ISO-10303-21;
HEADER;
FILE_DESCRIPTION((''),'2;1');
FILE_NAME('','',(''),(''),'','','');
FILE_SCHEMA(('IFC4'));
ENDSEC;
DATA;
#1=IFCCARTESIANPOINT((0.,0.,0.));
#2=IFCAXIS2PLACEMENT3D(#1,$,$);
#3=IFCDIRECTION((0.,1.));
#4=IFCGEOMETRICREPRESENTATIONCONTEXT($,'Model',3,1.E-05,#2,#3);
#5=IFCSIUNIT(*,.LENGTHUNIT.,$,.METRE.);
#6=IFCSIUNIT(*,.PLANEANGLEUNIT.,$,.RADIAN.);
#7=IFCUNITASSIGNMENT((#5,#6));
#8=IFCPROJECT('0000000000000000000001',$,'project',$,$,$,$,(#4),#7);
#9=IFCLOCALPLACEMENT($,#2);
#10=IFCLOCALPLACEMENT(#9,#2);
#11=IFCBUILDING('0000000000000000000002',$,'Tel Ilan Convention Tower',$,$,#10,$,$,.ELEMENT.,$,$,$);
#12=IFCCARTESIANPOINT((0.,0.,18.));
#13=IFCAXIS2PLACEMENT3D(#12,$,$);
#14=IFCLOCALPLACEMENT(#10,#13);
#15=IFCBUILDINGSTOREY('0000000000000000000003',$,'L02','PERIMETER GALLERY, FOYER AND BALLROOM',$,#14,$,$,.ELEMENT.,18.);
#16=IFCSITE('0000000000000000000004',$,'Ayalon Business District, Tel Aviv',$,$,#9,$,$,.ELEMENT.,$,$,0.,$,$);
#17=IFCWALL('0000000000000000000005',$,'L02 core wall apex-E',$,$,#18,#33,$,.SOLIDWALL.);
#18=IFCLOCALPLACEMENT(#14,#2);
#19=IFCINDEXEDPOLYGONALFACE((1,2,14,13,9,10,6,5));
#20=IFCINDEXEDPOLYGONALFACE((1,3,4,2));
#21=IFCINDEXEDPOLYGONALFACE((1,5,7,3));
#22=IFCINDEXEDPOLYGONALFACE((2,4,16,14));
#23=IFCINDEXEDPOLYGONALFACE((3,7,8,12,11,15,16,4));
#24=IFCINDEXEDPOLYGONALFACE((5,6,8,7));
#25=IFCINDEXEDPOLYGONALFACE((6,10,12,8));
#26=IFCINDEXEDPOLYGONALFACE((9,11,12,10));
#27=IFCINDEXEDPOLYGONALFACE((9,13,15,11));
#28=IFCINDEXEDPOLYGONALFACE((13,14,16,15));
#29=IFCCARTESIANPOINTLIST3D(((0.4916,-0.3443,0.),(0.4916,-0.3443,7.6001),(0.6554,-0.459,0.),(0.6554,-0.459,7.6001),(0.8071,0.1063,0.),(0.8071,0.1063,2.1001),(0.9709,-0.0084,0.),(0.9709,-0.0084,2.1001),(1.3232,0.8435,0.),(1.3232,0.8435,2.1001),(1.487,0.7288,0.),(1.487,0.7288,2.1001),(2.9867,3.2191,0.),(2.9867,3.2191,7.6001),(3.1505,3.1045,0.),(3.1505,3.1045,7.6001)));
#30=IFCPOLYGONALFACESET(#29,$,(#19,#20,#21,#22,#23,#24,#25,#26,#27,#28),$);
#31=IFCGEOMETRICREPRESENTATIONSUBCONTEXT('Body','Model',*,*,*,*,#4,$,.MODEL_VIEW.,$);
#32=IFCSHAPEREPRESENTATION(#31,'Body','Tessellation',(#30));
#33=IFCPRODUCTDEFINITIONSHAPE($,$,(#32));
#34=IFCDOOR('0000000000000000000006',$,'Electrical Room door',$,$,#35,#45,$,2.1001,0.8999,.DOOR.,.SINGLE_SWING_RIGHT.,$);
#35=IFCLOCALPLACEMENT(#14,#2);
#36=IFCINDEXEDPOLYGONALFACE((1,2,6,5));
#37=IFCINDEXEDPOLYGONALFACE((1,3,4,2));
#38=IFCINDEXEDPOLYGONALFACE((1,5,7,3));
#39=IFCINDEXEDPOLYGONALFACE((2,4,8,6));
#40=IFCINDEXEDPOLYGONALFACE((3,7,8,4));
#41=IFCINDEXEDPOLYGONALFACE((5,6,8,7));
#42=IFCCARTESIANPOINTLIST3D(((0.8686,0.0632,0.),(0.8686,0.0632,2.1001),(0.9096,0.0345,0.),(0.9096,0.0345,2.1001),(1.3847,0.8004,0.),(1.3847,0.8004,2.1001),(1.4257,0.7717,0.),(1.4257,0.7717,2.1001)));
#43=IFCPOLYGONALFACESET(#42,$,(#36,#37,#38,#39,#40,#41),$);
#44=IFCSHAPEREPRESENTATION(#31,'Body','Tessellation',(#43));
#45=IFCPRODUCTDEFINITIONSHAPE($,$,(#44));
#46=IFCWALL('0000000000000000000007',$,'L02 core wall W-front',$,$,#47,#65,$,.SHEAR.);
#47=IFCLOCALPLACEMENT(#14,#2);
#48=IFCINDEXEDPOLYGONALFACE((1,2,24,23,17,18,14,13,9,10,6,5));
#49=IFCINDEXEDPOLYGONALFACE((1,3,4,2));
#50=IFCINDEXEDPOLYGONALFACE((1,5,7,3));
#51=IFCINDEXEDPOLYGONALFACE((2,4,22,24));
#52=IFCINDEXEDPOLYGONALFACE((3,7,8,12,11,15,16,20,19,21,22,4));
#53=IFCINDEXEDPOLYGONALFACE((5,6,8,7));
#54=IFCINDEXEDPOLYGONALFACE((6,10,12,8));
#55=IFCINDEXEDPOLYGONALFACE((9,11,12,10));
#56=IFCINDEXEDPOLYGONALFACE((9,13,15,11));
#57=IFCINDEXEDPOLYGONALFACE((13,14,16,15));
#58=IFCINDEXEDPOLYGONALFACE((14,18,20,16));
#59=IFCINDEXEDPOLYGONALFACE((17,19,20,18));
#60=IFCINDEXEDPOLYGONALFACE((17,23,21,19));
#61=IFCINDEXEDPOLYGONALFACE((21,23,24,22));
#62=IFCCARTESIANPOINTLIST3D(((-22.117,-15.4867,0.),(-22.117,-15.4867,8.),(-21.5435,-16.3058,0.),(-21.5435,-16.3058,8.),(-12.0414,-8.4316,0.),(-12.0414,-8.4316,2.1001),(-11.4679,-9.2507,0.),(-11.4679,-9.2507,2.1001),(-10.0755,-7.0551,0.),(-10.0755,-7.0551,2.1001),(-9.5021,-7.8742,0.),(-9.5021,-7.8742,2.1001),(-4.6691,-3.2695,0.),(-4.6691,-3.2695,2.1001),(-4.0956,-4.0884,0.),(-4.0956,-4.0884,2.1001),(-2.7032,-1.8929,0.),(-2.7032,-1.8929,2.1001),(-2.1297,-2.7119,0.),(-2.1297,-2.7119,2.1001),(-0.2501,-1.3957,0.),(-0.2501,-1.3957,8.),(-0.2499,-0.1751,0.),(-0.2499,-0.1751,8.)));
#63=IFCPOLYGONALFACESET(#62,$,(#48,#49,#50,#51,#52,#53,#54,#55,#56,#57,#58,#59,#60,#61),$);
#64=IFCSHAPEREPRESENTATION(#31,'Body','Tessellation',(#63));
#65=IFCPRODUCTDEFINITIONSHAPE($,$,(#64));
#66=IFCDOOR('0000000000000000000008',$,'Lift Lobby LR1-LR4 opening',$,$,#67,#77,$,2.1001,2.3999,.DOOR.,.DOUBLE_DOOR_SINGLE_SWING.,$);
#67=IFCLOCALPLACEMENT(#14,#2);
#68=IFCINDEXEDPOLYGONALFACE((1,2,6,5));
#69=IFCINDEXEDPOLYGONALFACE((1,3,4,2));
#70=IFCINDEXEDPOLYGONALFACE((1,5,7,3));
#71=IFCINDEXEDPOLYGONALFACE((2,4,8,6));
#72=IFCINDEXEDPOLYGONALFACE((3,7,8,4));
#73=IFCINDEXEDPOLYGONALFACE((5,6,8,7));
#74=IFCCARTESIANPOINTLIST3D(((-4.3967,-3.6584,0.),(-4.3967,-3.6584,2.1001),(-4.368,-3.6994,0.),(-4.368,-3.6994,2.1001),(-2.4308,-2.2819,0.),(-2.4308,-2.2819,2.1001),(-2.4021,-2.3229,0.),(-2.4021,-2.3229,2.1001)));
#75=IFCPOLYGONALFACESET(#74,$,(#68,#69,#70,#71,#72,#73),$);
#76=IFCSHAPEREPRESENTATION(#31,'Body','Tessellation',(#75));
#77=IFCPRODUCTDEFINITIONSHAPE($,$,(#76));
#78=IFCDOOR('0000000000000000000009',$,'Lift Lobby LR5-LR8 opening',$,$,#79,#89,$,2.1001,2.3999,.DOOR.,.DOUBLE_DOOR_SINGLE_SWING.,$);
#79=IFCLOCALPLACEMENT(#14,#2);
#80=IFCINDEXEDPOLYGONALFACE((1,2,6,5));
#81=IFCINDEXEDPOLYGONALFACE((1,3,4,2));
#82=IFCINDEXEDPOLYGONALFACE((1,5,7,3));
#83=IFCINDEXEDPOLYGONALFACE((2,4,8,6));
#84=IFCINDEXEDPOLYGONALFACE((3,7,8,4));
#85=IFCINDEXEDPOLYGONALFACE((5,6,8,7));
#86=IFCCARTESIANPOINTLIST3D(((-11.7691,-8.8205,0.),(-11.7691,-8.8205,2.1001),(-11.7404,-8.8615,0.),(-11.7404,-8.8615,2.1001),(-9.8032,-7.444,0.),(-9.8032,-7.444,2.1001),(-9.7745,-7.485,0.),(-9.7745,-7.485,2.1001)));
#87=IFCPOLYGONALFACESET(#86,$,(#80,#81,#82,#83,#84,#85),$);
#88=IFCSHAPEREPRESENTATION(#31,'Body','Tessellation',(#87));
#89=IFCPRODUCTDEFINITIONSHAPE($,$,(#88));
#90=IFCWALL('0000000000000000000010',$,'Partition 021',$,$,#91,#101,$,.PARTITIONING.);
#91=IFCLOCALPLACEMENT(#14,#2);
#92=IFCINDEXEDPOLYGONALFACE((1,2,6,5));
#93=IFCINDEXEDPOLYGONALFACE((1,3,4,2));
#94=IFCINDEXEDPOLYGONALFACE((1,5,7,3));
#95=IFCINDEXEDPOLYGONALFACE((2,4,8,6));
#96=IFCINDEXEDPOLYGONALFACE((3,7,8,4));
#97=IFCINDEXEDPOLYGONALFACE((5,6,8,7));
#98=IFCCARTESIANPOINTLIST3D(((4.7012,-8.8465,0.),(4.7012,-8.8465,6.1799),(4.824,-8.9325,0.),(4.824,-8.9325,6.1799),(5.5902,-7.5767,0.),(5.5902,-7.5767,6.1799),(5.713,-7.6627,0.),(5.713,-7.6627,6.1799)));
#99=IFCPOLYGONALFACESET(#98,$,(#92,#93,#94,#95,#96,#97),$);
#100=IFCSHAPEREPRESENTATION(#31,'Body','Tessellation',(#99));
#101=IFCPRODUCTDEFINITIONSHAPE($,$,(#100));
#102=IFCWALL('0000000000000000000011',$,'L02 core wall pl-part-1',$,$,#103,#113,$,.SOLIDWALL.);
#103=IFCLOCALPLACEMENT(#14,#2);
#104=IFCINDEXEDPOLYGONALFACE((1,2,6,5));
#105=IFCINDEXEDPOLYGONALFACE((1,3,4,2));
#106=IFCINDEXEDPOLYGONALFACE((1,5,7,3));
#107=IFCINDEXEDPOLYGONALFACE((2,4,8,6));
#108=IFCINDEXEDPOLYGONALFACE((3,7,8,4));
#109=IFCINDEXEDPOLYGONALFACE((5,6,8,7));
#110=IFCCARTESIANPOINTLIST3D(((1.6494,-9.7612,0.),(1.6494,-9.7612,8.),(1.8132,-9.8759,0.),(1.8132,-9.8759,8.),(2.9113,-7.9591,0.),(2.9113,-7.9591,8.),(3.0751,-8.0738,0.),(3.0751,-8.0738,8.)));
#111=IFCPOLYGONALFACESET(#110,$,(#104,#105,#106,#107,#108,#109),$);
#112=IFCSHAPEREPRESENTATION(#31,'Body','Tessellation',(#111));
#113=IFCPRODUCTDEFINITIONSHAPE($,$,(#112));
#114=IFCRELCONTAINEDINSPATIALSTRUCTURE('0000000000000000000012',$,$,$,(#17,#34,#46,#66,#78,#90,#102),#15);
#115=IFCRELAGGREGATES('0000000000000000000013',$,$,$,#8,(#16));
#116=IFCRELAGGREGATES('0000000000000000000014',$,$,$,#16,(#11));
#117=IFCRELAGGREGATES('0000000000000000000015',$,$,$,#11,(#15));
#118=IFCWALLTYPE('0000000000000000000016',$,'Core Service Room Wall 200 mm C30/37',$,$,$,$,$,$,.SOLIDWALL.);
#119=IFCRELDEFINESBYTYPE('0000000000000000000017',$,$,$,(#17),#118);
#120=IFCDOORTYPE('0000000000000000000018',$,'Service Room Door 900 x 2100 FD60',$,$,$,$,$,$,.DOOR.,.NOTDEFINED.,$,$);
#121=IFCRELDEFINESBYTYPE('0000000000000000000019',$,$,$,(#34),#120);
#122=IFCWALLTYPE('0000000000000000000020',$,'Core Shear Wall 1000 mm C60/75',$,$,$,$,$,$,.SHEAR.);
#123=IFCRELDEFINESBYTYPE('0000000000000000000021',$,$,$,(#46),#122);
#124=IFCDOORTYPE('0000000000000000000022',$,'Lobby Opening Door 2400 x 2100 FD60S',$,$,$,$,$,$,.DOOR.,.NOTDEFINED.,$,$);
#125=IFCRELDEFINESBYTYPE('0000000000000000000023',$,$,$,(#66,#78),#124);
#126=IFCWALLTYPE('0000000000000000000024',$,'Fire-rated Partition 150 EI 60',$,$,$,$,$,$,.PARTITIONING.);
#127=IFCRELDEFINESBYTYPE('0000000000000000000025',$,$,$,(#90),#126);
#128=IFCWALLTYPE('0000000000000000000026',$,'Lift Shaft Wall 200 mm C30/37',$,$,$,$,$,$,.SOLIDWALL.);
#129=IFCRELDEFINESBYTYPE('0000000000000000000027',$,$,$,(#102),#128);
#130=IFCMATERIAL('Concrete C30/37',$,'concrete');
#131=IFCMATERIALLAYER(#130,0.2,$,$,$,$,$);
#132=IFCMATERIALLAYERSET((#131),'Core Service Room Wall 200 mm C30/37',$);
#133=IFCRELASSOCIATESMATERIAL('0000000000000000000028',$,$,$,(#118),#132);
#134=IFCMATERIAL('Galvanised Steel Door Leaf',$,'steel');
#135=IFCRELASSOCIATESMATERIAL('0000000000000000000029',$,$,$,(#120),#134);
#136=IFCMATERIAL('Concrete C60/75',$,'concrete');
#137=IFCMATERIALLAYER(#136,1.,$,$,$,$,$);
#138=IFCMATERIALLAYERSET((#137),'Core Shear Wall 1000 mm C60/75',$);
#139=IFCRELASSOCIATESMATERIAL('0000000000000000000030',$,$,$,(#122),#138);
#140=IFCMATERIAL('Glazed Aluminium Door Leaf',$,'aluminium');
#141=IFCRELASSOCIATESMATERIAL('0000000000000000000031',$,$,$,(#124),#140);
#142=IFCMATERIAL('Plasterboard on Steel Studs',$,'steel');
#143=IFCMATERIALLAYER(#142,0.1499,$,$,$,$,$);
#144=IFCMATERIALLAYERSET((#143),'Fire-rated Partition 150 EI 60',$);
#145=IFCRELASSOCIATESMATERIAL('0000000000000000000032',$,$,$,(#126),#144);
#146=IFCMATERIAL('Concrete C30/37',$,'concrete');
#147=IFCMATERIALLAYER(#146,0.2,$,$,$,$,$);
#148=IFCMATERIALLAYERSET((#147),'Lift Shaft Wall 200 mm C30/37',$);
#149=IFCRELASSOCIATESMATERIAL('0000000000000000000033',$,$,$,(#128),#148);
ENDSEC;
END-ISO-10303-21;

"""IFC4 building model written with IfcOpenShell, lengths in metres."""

from ifc_helpers import new_model, si_unit, direction, frame, frame_2d, origin, place, context, subcontext, project, spatial, polyline, rectangle, outline, extrude, material, layer, layer_set, type_object, element, fill, save


model = new_model("IFC4")

# Units and contexts
model_context = context("Model", 3, precision=1e-05, world=origin(), true_north=direction((0.0, 1.0)))
body_context = subcontext(model_context, "Body", "Model", "MODEL_VIEW")
ifc_project = project(units=[si_unit("LENGTHUNIT", "METRE"), si_unit("PLANEANGLEUNIT", "RADIAN")], contexts=[model_context])

# Site, building, storey
site_placement = place(None, origin())
site = spatial("IfcSite", under=ifc_project, at=site_placement, Name="Ayalon Business District, Tel Aviv", CompositionType="ELEMENT", RefElevation=0.0)
building_placement = place(site_placement, origin())
building = spatial("IfcBuilding", under=site, at=building_placement, Name="Tel Ilan Convention Tower", CompositionType="ELEMENT")
storey_placement = place(building_placement, frame((0.0, 0.0, 18.0)))
storey = spatial("IfcBuildingStorey", under=building, at=storey_placement, Name="L02", Description="PERIMETER GALLERY, FOYER AND BALLROOM", CompositionType="ELEMENT", Elevation=18.0)

# Wall, opening, door
ifc_material_1 = material(Name="Concrete C30/37", Category="concrete")
ifc_layer_1 = layer(ifc_material_1, 0.2)
ifc_layer_set_1 = layer_set([ifc_layer_1], Name="Core Service Room Wall 200 mm C30/37")
wall_type_1 = type_object("IfcWallType", Name="Core Service Room Wall 200 mm C30/37", PredefinedType="SOLIDWALL", material=ifc_layer_set_1)
wall_1_placement = place(storey_placement, frame((0.5735, -0.4016, 0.0), z_axis=(0.0, 0.0, 1.0), x_axis=(0.573568, 0.819158, 0.0)))
wall_1 = element("IfcWall", 1, at=wall_1_placement, inside=storey, type_object=wall_type_1, Name="L02 core wall apex-E", PredefinedType="SOLIDWALL", context=body_context, shape_type="SweptSolid", body=[
    extrude(rectangle(XDim=4.3501, YDim=0.2, at=frame_2d((2.175, 0.0))), origin(), (0.0, 0.0, 1.0), 7.6001),
])
opening_1_placement = place(wall_1_placement, frame((0.55, 0.0, 0.0)))
opening_1 = element("IfcOpeningElement", 2, at=opening_1_placement, cuts=wall_1, PredefinedType="OPENING", context=body_context, shape_type="SweptSolid", body=[
    extrude(rectangle(XDim=0.8999, YDim=2.1001, at=frame_2d((0.45, 1.05))), frame((0.0, 0.1099, 0.0), z_axis=(0.0, -1.0, 0.0), x_axis=(1.0, 0.0, 0.0)), (0.0, 0.0, 1.0), 0.22),
])
ifc_material_2 = material(Name="Galvanised Steel Door Leaf", Category="steel")
door_type_1 = type_object("IfcDoorType", Name="Service Room Door 900 x 2100 FD60", OperationType="NOTDEFINED", PredefinedType="DOOR", material=ifc_material_2)
door_1_placement = place(opening_1_placement, origin())
door_1 = element("IfcDoor", 3, at=door_1_placement, inside=storey, type_object=door_type_1, Name="Electrical Room door", OperationType="SINGLE_SWING_RIGHT", OverallHeight=2.1001, OverallWidth=0.8999, PredefinedType="DOOR", context=body_context, shape_type="SweptSolid", body=[
    extrude(rectangle(XDim=0.8999, YDim=2.1001, at=frame_2d((0.45, 1.05))), frame((0.0, 0.0249, 0.0), z_axis=(0.0, -1.0, 0.0), x_axis=(1.0, 0.0, 0.0)), (0.0, 0.0, 1.0), 0.05),
])
fill(opening_1, door_1)

# Wall, openings, doors
ifc_material_3 = material(Name="Concrete C60/75", Category="concrete")
ifc_layer_2 = layer(ifc_material_3, 1.0)
ifc_layer_set_2 = layer_set([ifc_layer_2], Name="Core Shear Wall 1000 mm C60/75")
wall_type_2 = type_object("IfcWallType", Name="Core Shear Wall 1000 mm C60/75", PredefinedType="SHEAR", material=ifc_layer_set_2)
wall_2_placement = place(storey_placement, frame((0.0369, -0.5847, 0.0), z_axis=(0.0, 0.0, 1.0), x_axis=(-0.819157, -0.573569, 0.0)))
wall_2 = element("IfcWall", 4, at=wall_2_placement, inside=storey, type_object=wall_type_2, Name="L02 core wall W-front", PredefinedType="SHEAR", context=body_context, shape_type="SweptSolid", body=[
    extrude(outline(polyline([(26.6948, 0.5002), (0.7002, 0.4998), (0.0, -0.5), (26.6948, -0.4998), (26.6948, 0.5002)])), origin(), (0.0, 0.0, 1.0), 8.0),
])
opening_2_placement = place(wall_2_placement, frame((2.9949, 0.0, 0.0)))
opening_2 = element("IfcOpeningElement", 5, at=opening_2_placement, cuts=wall_2, PredefinedType="OPENING", context=body_context, shape_type="SweptSolid", body=[
    extrude(rectangle(XDim=2.3999, YDim=2.1001, at=frame_2d((1.2, 1.05))), frame((0.0, 0.51, 0.0), z_axis=(0.0, -1.0, 0.0), x_axis=(1.0, 0.0, 0.0)), (0.0, 0.0, 1.0), 1.02),
])
opening_3_placement = place(wall_2_placement, frame((11.9949, 0.0, 0.0)))
opening_3 = element("IfcOpeningElement", 6, at=opening_3_placement, cuts=wall_2, PredefinedType="OPENING", context=body_context, shape_type="SweptSolid", body=[
    extrude(rectangle(XDim=2.3999, YDim=2.1001, at=frame_2d((1.2, 1.05))), frame((0.0, 0.51, 0.0), z_axis=(0.0, -1.0, 0.0), x_axis=(1.0, 0.0, 0.0)), (0.0, 0.0, 1.0), 1.02),
])
ifc_material_4 = material(Name="Glazed Aluminium Door Leaf", Category="aluminium")
door_type_2 = type_object("IfcDoorType", Name="Lobby Opening Door 2400 x 2100 FD60S", OperationType="NOTDEFINED", PredefinedType="DOOR", material=ifc_material_4)
door_2_placement = place(opening_2_placement, origin())
door_2 = element("IfcDoor", 7, at=door_2_placement, inside=storey, type_object=door_type_2, Name="Lift Lobby LR1-LR4 opening", OperationType="DOUBLE_DOOR_SINGLE_SWING", OverallHeight=2.1001, OverallWidth=2.3999, PredefinedType="DOOR", context=body_context, shape_type="SweptSolid", body=[
    extrude(rectangle(XDim=2.3999, YDim=2.1001, at=frame_2d((1.2, 1.05))), frame((0.0, 0.0249, 0.0), z_axis=(0.0, -1.0, 0.0), x_axis=(1.0, 0.0, 0.0)), (0.0, 0.0, 1.0), 0.05),
])
fill(opening_2, door_2)
door_3_placement = place(opening_3_placement, origin())
door_3 = element("IfcDoor", 8, at=door_3_placement, inside=storey, type_object=door_type_2, Name="Lift Lobby LR5-LR8 opening", OperationType="DOUBLE_DOOR_SINGLE_SWING", OverallHeight=2.1001, OverallWidth=2.3999, PredefinedType="DOOR", context=body_context, shape_type="SweptSolid", body=[
    extrude(rectangle(XDim=2.3999, YDim=2.1001, at=frame_2d((1.2, 1.05))), frame((0.0, 0.0249, 0.0), z_axis=(0.0, -1.0, 0.0), x_axis=(1.0, 0.0, 0.0)), (0.0, 0.0, 1.0), 0.05),
])
fill(opening_3, door_3)

# Walls
ifc_material_5 = material(Name="Plasterboard on Steel Studs", Category="steel")
ifc_layer_3 = layer(ifc_material_5, 0.1499)
ifc_layer_set_3 = layer_set([ifc_layer_3], Name="Fire-rated Partition 150 EI 60")
wall_type_3 = type_object("IfcWallType", Name="Fire-rated Partition 150 EI 60", PredefinedType="PARTITIONING", material=ifc_layer_set_3)
wall_3_placement = place(storey_placement, frame((4.7627, -8.8894, 0.0), z_axis=(0.0, 0.0, 1.0), x_axis=(0.573494, 0.81921, 0.0)))
element("IfcWall", 9, at=wall_3_placement, inside=storey, type_object=wall_type_3, Name="Partition 021", PredefinedType="PARTITIONING", context=body_context, shape_type="SweptSolid", body=[
    extrude(rectangle(XDim=1.55, YDim=0.1499, at=frame_2d((0.7749, 0.0))), origin(), (0.0, 0.0, 1.0), 6.1799),
])
ifc_material_6 = material(Name="Concrete C30/37", Category="concrete")
ifc_layer_4 = layer(ifc_material_6, 0.2)
ifc_layer_set_4 = layer_set([ifc_layer_4], Name="Lift Shaft Wall 200 mm C30/37")
wall_type_4 = type_object("IfcWallType", Name="Lift Shaft Wall 200 mm C30/37", PredefinedType="SOLIDWALL", material=ifc_layer_set_4)
wall_4_placement = place(storey_placement, frame((1.7312, -9.8186, 0.0), z_axis=(0.0, 0.0, 1.0), x_axis=(0.573634, 0.819112, 0.0)))
element("IfcWall", 10, at=wall_4_placement, inside=storey, type_object=wall_type_4, Name="L02 core wall pl-part-1", PredefinedType="SOLIDWALL", context=body_context, shape_type="SweptSolid", body=[
    extrude(rectangle(XDim=2.2, YDim=0.2, at=frame_2d((1.1001, 0.0))), origin(), (0.0, 0.0, 1.0), 8.0),
])

save(model, "model.ifc")
